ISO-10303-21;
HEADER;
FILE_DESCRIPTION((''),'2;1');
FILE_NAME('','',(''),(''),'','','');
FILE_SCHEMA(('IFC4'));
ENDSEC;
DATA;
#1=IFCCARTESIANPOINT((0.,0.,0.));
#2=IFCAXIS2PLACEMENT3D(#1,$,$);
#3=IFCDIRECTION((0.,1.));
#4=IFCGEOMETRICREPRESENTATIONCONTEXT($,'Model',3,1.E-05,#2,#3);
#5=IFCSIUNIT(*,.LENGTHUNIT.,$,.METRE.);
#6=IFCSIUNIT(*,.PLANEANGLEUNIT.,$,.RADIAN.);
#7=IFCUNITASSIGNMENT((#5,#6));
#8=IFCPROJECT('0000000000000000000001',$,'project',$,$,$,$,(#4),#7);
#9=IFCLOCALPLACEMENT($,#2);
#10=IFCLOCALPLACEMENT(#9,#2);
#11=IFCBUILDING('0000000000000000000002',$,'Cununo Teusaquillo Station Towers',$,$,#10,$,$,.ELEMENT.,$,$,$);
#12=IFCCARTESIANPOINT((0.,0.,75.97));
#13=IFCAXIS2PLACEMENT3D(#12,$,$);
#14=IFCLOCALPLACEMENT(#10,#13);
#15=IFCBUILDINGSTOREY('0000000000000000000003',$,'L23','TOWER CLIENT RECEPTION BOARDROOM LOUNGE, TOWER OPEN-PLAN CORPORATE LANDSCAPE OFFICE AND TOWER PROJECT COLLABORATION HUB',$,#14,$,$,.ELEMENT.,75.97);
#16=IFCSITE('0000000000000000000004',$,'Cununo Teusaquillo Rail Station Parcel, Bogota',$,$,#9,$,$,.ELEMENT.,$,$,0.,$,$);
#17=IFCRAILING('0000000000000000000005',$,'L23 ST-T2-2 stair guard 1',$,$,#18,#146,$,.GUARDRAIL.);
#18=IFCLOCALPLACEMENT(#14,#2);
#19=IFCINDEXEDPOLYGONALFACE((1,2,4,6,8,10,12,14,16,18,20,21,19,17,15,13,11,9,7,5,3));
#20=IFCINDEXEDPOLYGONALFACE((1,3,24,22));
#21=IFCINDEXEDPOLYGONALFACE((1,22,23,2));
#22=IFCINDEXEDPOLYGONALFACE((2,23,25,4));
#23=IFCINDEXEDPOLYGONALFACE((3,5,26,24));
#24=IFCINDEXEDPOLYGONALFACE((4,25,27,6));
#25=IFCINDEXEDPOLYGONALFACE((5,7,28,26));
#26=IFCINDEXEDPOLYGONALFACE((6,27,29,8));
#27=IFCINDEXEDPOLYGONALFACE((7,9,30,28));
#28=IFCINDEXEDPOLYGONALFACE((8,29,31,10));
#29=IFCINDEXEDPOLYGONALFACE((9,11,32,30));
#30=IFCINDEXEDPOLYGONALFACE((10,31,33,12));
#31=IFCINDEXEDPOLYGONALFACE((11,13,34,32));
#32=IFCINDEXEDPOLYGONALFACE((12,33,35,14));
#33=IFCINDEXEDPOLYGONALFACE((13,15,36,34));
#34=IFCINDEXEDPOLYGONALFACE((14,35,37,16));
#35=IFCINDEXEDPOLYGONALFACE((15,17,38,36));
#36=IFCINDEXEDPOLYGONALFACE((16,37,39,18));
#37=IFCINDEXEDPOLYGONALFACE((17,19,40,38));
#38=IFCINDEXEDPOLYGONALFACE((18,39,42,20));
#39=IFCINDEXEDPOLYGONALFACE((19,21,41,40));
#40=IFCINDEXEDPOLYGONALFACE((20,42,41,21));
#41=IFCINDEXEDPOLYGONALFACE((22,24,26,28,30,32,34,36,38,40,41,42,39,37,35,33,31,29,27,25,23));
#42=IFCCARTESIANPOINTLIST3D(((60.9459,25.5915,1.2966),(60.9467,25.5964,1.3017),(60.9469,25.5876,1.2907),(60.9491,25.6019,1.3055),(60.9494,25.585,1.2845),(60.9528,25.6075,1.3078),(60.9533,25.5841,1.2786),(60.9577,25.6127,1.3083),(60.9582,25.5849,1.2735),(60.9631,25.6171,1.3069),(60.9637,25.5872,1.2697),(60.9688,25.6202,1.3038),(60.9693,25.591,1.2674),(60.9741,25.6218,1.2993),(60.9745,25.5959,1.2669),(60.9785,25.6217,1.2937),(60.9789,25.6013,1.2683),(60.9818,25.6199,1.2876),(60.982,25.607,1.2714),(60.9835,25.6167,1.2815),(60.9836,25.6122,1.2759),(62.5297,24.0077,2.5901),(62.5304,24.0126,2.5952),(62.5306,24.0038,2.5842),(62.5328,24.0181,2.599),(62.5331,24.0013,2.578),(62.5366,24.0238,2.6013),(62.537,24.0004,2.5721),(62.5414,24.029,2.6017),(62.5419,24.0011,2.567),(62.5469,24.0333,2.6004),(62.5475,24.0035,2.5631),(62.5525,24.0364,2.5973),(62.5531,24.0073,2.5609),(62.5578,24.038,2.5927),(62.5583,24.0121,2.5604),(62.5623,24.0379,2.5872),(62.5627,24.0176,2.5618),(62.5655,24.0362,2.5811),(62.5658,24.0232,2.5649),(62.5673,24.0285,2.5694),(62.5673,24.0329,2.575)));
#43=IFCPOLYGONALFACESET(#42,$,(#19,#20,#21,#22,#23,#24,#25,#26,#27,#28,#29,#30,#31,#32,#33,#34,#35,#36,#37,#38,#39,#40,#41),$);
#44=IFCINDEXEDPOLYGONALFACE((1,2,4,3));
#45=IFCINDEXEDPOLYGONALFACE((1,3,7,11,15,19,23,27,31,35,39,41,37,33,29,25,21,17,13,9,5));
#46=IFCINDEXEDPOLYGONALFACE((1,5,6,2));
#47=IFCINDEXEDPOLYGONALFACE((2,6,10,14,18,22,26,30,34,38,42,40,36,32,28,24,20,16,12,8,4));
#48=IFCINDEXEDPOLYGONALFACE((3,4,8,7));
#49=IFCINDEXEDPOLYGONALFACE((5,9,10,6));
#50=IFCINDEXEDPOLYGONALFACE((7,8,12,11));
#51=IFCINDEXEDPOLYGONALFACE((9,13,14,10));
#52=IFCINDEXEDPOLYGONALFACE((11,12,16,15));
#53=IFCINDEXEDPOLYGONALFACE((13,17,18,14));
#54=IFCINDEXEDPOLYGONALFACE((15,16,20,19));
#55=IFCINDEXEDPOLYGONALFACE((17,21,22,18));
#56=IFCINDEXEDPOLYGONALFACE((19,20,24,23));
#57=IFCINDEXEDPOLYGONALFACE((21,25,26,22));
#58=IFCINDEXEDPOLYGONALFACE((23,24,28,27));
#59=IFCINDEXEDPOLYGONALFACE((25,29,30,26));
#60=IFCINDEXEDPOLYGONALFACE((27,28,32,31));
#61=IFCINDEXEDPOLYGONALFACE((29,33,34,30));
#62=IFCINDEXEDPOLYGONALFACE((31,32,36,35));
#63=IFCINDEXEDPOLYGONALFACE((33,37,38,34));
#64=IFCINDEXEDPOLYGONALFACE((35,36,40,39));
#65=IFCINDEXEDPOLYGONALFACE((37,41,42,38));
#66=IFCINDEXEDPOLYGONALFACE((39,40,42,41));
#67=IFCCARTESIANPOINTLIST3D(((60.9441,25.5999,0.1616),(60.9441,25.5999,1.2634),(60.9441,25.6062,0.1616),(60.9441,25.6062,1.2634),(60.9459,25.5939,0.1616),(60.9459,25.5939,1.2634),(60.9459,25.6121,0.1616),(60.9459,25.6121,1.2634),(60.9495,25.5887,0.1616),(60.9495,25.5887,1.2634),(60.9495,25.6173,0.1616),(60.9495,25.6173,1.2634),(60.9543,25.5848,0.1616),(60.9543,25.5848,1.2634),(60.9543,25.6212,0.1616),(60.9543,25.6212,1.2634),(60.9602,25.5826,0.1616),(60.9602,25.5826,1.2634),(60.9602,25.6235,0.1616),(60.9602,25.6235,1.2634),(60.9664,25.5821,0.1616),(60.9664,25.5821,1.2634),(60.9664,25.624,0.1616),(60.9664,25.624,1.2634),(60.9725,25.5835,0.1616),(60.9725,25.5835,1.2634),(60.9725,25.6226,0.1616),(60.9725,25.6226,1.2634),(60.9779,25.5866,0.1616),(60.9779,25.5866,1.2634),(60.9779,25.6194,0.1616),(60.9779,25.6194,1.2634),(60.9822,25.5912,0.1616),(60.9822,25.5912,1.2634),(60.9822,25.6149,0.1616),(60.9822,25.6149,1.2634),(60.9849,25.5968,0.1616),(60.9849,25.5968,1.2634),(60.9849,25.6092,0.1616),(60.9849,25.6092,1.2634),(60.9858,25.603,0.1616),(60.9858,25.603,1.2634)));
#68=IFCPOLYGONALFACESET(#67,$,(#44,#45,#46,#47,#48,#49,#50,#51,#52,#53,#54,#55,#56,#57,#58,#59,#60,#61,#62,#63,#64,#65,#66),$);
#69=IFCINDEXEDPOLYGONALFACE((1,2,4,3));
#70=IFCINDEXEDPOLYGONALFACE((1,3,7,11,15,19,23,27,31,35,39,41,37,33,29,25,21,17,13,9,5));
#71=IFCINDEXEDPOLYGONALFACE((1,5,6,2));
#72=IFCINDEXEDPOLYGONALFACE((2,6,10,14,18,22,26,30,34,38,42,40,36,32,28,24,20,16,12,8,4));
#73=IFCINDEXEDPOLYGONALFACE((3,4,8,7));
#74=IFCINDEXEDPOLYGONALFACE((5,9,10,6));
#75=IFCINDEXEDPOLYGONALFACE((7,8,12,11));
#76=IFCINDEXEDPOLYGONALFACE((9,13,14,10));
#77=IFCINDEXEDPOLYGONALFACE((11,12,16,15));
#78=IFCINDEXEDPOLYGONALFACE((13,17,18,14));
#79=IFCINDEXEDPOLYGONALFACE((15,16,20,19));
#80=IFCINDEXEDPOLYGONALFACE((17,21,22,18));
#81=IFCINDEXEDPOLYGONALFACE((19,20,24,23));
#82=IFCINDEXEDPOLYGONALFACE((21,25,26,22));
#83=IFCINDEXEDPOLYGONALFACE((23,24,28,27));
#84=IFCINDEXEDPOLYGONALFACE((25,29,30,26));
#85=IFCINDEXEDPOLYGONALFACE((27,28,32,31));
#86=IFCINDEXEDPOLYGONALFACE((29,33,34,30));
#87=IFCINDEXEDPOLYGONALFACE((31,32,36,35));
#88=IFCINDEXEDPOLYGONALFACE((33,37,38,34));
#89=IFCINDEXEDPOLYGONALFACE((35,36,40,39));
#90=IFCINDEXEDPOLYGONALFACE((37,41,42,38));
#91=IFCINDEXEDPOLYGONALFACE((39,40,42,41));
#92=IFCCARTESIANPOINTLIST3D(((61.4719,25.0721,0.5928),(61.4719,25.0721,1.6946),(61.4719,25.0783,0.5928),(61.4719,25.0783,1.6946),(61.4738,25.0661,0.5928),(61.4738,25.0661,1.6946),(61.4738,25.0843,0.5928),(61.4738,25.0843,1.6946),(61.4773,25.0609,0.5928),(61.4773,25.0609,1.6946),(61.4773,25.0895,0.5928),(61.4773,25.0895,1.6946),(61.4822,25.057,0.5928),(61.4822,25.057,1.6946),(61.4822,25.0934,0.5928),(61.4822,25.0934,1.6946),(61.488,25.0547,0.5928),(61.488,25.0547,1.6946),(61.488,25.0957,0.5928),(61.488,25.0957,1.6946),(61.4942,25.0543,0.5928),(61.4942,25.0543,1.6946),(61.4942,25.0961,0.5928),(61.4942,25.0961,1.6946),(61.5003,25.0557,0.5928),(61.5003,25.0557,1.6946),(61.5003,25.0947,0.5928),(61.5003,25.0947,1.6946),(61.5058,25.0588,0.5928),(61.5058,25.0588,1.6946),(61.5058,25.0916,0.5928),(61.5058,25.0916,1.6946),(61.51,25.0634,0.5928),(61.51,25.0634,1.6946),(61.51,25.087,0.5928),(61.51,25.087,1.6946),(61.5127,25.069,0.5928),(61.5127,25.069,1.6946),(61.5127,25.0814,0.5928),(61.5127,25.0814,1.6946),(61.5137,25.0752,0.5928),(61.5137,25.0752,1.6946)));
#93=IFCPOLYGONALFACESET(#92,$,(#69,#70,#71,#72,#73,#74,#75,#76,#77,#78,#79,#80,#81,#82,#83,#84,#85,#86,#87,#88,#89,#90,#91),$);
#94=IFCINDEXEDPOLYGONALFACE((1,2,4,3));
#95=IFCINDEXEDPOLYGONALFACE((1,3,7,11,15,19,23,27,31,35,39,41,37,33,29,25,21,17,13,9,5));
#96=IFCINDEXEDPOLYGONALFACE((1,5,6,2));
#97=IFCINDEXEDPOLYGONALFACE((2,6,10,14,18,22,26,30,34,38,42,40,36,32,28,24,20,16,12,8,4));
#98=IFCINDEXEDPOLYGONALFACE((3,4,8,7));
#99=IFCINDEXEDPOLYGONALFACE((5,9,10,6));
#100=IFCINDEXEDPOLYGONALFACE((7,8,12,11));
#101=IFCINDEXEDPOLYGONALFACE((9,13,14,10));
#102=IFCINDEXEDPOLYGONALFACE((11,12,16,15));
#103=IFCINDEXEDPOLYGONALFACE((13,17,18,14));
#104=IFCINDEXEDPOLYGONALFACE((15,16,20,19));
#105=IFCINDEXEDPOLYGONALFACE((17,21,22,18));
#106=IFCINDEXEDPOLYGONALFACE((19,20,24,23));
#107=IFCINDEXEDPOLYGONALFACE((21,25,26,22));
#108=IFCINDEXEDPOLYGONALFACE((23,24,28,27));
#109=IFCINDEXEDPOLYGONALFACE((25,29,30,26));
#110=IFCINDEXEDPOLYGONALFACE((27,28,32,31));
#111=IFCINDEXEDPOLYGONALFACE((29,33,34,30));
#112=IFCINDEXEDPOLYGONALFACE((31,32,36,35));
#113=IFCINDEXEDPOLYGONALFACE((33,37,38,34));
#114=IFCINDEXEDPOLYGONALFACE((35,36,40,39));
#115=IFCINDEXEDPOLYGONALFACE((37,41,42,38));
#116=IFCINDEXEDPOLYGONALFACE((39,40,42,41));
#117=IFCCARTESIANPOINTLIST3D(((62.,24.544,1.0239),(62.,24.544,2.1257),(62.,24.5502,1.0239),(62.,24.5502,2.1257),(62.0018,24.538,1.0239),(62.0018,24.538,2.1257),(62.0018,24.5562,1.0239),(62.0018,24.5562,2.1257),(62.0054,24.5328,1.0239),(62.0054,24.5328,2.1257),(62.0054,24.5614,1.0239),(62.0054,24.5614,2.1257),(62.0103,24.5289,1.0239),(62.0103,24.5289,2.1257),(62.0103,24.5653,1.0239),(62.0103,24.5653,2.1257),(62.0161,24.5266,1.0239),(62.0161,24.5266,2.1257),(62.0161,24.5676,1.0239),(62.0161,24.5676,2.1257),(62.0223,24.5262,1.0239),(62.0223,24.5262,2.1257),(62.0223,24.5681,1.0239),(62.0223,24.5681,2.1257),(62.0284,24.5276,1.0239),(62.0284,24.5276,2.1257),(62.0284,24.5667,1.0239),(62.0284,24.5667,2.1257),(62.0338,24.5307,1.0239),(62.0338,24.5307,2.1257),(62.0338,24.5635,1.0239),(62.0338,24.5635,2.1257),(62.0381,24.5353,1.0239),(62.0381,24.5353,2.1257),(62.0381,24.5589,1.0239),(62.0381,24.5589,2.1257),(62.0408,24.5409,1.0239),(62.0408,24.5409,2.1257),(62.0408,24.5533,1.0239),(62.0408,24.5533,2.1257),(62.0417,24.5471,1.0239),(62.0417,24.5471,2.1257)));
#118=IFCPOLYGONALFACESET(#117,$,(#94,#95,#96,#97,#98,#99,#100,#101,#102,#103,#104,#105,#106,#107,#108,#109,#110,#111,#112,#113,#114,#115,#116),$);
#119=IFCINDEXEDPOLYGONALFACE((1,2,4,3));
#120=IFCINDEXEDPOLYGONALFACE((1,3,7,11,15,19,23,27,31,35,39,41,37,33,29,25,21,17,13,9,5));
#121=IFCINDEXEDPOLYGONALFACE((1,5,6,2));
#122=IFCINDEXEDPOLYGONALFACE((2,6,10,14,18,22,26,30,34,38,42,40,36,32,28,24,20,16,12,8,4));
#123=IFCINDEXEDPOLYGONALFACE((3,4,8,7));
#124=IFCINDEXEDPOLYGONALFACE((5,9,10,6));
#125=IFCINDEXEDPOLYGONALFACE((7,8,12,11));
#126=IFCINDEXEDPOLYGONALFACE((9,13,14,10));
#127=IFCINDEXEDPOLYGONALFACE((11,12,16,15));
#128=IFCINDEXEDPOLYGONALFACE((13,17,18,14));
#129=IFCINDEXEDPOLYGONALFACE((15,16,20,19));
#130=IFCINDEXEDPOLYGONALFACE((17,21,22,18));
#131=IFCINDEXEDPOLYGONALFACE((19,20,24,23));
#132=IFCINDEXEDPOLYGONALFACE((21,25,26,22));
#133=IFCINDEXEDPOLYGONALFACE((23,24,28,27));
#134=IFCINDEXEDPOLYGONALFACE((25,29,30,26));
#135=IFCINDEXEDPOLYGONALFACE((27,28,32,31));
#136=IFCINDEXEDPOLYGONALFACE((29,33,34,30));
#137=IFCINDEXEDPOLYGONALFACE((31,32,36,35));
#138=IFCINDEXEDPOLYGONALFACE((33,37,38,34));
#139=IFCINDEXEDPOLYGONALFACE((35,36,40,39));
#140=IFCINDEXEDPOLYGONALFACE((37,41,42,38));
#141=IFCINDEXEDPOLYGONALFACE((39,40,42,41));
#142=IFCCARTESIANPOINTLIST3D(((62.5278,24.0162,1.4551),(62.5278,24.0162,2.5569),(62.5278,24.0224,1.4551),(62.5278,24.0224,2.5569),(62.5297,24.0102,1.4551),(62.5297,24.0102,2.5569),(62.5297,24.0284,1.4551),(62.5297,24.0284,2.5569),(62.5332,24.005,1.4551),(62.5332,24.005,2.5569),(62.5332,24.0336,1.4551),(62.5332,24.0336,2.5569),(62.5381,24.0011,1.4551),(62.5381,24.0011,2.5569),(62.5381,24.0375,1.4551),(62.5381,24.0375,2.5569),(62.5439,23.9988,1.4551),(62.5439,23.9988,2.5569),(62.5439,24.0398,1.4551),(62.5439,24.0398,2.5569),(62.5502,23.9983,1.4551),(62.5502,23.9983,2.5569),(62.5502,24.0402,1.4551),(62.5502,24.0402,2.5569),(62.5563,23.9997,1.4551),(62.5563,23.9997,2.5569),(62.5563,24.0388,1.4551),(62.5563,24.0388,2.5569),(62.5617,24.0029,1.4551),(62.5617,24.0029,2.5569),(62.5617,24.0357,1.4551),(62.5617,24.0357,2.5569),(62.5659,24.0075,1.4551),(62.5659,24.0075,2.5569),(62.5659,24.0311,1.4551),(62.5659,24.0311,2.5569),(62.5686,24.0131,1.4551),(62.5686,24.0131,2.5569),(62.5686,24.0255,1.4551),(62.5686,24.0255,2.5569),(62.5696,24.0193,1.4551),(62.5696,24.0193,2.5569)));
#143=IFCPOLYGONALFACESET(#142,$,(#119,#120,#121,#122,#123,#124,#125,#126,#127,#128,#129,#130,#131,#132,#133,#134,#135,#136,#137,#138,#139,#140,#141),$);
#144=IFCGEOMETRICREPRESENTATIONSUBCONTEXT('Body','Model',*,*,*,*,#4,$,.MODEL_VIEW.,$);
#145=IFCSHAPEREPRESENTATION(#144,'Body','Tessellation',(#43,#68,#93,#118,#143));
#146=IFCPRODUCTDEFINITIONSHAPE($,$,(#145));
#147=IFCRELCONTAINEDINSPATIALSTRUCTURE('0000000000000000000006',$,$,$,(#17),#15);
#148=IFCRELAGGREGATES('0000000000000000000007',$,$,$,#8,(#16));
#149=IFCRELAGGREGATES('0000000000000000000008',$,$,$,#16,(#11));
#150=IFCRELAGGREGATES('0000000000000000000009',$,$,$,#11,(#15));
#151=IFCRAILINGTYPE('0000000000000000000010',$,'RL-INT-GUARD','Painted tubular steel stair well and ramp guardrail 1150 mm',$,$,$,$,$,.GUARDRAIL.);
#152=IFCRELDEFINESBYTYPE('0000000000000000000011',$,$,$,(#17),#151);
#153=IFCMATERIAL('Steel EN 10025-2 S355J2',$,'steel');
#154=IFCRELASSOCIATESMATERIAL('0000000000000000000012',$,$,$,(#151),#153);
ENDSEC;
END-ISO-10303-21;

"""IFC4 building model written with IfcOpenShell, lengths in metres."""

from ifc_helpers import new_model, si_unit, direction, frame, origin, origin_2d, place, context, subcontext, project, spatial, circle, extrude, material, type_object, element, save


model = new_model("IFC4")

# Units and contexts
model_context = context("Model", 3, precision=1e-05, world=origin(), true_north=direction((0.0, 1.0)))
body_context = subcontext(model_context, "Body", "Model", "MODEL_VIEW")
ifc_project = project(units=[si_unit("LENGTHUNIT", "METRE"), si_unit("PLANEANGLEUNIT", "RADIAN")], contexts=[model_context])

# Site, building, storey
site_placement = place(None, origin())
site = spatial("IfcSite", under=ifc_project, at=site_placement, Name="Cununo Teusaquillo Rail Station Parcel, Bogota", CompositionType="ELEMENT", RefElevation=0.0)
building_placement = place(site_placement, origin())
building = spatial("IfcBuilding", under=site, at=building_placement, Name="Cununo Teusaquillo Station Towers", CompositionType="ELEMENT")
storey_placement = place(building_placement, frame((0.0, 0.0, 75.97)))
storey = spatial("IfcBuildingStorey", under=building, at=storey_placement, Name="L23", Description="TOWER CLIENT RECEPTION BOARDROOM LOUNGE, TOWER OPEN-PLAN CORPORATE LANDSCAPE OFFICE AND TOWER PROJECT COLLABORATION HUB", CompositionType="ELEMENT", Elevation=75.97)

# Railing
ifc_material_1 = material(Name="Steel EN 10025-2 S355J2", Category="steel")
railing_type_1 = type_object("IfcRailingType", Name="RL-INT-GUARD", Description="Painted tubular steel stair well and ramp guardrail 1150 mm", PredefinedType="GUARDRAIL", material=ifc_material_1)
railing_1_placement = place(storey_placement, frame((60.9648, 25.603, 0.1616)))
element("IfcRailing", 1, at=railing_1_placement, inside=storey, type_object=railing_type_1, Name="L23 ST-T2-2 stair guard 1", PredefinedType="GUARDRAIL", context=body_context, shape_type="SweptSolid", body=[
    extrude(circle(Radius=0.0239, at=origin_2d()), frame((0.0, 0.0, 1.126), z_axis=(0.612332, -0.612332, 0.500098), x_axis=(0.707107, 0.707107, 0.0)), (0.0, 0.0, 1.0), 2.5864),
    extrude(circle(Radius=0.021, at=origin_2d()), origin(), (0.0, 0.0, 1.0), 1.1018),
    extrude(circle(Radius=0.021, at=origin_2d()), frame((0.5278, -0.5278, 0.4312)), (0.0, 0.0, 1.0), 1.1018),
    extrude(circle(Radius=0.021, at=origin_2d()), frame((1.0559, -1.0559, 0.8623)), (0.0, 0.0, 1.0), 1.1018),
    extrude(circle(Radius=0.021, at=origin_2d()), frame((1.5837, -1.5837, 1.2935)), (0.0, 0.0, 1.0), 1.1018),
])

save(model, "model.ifc")
